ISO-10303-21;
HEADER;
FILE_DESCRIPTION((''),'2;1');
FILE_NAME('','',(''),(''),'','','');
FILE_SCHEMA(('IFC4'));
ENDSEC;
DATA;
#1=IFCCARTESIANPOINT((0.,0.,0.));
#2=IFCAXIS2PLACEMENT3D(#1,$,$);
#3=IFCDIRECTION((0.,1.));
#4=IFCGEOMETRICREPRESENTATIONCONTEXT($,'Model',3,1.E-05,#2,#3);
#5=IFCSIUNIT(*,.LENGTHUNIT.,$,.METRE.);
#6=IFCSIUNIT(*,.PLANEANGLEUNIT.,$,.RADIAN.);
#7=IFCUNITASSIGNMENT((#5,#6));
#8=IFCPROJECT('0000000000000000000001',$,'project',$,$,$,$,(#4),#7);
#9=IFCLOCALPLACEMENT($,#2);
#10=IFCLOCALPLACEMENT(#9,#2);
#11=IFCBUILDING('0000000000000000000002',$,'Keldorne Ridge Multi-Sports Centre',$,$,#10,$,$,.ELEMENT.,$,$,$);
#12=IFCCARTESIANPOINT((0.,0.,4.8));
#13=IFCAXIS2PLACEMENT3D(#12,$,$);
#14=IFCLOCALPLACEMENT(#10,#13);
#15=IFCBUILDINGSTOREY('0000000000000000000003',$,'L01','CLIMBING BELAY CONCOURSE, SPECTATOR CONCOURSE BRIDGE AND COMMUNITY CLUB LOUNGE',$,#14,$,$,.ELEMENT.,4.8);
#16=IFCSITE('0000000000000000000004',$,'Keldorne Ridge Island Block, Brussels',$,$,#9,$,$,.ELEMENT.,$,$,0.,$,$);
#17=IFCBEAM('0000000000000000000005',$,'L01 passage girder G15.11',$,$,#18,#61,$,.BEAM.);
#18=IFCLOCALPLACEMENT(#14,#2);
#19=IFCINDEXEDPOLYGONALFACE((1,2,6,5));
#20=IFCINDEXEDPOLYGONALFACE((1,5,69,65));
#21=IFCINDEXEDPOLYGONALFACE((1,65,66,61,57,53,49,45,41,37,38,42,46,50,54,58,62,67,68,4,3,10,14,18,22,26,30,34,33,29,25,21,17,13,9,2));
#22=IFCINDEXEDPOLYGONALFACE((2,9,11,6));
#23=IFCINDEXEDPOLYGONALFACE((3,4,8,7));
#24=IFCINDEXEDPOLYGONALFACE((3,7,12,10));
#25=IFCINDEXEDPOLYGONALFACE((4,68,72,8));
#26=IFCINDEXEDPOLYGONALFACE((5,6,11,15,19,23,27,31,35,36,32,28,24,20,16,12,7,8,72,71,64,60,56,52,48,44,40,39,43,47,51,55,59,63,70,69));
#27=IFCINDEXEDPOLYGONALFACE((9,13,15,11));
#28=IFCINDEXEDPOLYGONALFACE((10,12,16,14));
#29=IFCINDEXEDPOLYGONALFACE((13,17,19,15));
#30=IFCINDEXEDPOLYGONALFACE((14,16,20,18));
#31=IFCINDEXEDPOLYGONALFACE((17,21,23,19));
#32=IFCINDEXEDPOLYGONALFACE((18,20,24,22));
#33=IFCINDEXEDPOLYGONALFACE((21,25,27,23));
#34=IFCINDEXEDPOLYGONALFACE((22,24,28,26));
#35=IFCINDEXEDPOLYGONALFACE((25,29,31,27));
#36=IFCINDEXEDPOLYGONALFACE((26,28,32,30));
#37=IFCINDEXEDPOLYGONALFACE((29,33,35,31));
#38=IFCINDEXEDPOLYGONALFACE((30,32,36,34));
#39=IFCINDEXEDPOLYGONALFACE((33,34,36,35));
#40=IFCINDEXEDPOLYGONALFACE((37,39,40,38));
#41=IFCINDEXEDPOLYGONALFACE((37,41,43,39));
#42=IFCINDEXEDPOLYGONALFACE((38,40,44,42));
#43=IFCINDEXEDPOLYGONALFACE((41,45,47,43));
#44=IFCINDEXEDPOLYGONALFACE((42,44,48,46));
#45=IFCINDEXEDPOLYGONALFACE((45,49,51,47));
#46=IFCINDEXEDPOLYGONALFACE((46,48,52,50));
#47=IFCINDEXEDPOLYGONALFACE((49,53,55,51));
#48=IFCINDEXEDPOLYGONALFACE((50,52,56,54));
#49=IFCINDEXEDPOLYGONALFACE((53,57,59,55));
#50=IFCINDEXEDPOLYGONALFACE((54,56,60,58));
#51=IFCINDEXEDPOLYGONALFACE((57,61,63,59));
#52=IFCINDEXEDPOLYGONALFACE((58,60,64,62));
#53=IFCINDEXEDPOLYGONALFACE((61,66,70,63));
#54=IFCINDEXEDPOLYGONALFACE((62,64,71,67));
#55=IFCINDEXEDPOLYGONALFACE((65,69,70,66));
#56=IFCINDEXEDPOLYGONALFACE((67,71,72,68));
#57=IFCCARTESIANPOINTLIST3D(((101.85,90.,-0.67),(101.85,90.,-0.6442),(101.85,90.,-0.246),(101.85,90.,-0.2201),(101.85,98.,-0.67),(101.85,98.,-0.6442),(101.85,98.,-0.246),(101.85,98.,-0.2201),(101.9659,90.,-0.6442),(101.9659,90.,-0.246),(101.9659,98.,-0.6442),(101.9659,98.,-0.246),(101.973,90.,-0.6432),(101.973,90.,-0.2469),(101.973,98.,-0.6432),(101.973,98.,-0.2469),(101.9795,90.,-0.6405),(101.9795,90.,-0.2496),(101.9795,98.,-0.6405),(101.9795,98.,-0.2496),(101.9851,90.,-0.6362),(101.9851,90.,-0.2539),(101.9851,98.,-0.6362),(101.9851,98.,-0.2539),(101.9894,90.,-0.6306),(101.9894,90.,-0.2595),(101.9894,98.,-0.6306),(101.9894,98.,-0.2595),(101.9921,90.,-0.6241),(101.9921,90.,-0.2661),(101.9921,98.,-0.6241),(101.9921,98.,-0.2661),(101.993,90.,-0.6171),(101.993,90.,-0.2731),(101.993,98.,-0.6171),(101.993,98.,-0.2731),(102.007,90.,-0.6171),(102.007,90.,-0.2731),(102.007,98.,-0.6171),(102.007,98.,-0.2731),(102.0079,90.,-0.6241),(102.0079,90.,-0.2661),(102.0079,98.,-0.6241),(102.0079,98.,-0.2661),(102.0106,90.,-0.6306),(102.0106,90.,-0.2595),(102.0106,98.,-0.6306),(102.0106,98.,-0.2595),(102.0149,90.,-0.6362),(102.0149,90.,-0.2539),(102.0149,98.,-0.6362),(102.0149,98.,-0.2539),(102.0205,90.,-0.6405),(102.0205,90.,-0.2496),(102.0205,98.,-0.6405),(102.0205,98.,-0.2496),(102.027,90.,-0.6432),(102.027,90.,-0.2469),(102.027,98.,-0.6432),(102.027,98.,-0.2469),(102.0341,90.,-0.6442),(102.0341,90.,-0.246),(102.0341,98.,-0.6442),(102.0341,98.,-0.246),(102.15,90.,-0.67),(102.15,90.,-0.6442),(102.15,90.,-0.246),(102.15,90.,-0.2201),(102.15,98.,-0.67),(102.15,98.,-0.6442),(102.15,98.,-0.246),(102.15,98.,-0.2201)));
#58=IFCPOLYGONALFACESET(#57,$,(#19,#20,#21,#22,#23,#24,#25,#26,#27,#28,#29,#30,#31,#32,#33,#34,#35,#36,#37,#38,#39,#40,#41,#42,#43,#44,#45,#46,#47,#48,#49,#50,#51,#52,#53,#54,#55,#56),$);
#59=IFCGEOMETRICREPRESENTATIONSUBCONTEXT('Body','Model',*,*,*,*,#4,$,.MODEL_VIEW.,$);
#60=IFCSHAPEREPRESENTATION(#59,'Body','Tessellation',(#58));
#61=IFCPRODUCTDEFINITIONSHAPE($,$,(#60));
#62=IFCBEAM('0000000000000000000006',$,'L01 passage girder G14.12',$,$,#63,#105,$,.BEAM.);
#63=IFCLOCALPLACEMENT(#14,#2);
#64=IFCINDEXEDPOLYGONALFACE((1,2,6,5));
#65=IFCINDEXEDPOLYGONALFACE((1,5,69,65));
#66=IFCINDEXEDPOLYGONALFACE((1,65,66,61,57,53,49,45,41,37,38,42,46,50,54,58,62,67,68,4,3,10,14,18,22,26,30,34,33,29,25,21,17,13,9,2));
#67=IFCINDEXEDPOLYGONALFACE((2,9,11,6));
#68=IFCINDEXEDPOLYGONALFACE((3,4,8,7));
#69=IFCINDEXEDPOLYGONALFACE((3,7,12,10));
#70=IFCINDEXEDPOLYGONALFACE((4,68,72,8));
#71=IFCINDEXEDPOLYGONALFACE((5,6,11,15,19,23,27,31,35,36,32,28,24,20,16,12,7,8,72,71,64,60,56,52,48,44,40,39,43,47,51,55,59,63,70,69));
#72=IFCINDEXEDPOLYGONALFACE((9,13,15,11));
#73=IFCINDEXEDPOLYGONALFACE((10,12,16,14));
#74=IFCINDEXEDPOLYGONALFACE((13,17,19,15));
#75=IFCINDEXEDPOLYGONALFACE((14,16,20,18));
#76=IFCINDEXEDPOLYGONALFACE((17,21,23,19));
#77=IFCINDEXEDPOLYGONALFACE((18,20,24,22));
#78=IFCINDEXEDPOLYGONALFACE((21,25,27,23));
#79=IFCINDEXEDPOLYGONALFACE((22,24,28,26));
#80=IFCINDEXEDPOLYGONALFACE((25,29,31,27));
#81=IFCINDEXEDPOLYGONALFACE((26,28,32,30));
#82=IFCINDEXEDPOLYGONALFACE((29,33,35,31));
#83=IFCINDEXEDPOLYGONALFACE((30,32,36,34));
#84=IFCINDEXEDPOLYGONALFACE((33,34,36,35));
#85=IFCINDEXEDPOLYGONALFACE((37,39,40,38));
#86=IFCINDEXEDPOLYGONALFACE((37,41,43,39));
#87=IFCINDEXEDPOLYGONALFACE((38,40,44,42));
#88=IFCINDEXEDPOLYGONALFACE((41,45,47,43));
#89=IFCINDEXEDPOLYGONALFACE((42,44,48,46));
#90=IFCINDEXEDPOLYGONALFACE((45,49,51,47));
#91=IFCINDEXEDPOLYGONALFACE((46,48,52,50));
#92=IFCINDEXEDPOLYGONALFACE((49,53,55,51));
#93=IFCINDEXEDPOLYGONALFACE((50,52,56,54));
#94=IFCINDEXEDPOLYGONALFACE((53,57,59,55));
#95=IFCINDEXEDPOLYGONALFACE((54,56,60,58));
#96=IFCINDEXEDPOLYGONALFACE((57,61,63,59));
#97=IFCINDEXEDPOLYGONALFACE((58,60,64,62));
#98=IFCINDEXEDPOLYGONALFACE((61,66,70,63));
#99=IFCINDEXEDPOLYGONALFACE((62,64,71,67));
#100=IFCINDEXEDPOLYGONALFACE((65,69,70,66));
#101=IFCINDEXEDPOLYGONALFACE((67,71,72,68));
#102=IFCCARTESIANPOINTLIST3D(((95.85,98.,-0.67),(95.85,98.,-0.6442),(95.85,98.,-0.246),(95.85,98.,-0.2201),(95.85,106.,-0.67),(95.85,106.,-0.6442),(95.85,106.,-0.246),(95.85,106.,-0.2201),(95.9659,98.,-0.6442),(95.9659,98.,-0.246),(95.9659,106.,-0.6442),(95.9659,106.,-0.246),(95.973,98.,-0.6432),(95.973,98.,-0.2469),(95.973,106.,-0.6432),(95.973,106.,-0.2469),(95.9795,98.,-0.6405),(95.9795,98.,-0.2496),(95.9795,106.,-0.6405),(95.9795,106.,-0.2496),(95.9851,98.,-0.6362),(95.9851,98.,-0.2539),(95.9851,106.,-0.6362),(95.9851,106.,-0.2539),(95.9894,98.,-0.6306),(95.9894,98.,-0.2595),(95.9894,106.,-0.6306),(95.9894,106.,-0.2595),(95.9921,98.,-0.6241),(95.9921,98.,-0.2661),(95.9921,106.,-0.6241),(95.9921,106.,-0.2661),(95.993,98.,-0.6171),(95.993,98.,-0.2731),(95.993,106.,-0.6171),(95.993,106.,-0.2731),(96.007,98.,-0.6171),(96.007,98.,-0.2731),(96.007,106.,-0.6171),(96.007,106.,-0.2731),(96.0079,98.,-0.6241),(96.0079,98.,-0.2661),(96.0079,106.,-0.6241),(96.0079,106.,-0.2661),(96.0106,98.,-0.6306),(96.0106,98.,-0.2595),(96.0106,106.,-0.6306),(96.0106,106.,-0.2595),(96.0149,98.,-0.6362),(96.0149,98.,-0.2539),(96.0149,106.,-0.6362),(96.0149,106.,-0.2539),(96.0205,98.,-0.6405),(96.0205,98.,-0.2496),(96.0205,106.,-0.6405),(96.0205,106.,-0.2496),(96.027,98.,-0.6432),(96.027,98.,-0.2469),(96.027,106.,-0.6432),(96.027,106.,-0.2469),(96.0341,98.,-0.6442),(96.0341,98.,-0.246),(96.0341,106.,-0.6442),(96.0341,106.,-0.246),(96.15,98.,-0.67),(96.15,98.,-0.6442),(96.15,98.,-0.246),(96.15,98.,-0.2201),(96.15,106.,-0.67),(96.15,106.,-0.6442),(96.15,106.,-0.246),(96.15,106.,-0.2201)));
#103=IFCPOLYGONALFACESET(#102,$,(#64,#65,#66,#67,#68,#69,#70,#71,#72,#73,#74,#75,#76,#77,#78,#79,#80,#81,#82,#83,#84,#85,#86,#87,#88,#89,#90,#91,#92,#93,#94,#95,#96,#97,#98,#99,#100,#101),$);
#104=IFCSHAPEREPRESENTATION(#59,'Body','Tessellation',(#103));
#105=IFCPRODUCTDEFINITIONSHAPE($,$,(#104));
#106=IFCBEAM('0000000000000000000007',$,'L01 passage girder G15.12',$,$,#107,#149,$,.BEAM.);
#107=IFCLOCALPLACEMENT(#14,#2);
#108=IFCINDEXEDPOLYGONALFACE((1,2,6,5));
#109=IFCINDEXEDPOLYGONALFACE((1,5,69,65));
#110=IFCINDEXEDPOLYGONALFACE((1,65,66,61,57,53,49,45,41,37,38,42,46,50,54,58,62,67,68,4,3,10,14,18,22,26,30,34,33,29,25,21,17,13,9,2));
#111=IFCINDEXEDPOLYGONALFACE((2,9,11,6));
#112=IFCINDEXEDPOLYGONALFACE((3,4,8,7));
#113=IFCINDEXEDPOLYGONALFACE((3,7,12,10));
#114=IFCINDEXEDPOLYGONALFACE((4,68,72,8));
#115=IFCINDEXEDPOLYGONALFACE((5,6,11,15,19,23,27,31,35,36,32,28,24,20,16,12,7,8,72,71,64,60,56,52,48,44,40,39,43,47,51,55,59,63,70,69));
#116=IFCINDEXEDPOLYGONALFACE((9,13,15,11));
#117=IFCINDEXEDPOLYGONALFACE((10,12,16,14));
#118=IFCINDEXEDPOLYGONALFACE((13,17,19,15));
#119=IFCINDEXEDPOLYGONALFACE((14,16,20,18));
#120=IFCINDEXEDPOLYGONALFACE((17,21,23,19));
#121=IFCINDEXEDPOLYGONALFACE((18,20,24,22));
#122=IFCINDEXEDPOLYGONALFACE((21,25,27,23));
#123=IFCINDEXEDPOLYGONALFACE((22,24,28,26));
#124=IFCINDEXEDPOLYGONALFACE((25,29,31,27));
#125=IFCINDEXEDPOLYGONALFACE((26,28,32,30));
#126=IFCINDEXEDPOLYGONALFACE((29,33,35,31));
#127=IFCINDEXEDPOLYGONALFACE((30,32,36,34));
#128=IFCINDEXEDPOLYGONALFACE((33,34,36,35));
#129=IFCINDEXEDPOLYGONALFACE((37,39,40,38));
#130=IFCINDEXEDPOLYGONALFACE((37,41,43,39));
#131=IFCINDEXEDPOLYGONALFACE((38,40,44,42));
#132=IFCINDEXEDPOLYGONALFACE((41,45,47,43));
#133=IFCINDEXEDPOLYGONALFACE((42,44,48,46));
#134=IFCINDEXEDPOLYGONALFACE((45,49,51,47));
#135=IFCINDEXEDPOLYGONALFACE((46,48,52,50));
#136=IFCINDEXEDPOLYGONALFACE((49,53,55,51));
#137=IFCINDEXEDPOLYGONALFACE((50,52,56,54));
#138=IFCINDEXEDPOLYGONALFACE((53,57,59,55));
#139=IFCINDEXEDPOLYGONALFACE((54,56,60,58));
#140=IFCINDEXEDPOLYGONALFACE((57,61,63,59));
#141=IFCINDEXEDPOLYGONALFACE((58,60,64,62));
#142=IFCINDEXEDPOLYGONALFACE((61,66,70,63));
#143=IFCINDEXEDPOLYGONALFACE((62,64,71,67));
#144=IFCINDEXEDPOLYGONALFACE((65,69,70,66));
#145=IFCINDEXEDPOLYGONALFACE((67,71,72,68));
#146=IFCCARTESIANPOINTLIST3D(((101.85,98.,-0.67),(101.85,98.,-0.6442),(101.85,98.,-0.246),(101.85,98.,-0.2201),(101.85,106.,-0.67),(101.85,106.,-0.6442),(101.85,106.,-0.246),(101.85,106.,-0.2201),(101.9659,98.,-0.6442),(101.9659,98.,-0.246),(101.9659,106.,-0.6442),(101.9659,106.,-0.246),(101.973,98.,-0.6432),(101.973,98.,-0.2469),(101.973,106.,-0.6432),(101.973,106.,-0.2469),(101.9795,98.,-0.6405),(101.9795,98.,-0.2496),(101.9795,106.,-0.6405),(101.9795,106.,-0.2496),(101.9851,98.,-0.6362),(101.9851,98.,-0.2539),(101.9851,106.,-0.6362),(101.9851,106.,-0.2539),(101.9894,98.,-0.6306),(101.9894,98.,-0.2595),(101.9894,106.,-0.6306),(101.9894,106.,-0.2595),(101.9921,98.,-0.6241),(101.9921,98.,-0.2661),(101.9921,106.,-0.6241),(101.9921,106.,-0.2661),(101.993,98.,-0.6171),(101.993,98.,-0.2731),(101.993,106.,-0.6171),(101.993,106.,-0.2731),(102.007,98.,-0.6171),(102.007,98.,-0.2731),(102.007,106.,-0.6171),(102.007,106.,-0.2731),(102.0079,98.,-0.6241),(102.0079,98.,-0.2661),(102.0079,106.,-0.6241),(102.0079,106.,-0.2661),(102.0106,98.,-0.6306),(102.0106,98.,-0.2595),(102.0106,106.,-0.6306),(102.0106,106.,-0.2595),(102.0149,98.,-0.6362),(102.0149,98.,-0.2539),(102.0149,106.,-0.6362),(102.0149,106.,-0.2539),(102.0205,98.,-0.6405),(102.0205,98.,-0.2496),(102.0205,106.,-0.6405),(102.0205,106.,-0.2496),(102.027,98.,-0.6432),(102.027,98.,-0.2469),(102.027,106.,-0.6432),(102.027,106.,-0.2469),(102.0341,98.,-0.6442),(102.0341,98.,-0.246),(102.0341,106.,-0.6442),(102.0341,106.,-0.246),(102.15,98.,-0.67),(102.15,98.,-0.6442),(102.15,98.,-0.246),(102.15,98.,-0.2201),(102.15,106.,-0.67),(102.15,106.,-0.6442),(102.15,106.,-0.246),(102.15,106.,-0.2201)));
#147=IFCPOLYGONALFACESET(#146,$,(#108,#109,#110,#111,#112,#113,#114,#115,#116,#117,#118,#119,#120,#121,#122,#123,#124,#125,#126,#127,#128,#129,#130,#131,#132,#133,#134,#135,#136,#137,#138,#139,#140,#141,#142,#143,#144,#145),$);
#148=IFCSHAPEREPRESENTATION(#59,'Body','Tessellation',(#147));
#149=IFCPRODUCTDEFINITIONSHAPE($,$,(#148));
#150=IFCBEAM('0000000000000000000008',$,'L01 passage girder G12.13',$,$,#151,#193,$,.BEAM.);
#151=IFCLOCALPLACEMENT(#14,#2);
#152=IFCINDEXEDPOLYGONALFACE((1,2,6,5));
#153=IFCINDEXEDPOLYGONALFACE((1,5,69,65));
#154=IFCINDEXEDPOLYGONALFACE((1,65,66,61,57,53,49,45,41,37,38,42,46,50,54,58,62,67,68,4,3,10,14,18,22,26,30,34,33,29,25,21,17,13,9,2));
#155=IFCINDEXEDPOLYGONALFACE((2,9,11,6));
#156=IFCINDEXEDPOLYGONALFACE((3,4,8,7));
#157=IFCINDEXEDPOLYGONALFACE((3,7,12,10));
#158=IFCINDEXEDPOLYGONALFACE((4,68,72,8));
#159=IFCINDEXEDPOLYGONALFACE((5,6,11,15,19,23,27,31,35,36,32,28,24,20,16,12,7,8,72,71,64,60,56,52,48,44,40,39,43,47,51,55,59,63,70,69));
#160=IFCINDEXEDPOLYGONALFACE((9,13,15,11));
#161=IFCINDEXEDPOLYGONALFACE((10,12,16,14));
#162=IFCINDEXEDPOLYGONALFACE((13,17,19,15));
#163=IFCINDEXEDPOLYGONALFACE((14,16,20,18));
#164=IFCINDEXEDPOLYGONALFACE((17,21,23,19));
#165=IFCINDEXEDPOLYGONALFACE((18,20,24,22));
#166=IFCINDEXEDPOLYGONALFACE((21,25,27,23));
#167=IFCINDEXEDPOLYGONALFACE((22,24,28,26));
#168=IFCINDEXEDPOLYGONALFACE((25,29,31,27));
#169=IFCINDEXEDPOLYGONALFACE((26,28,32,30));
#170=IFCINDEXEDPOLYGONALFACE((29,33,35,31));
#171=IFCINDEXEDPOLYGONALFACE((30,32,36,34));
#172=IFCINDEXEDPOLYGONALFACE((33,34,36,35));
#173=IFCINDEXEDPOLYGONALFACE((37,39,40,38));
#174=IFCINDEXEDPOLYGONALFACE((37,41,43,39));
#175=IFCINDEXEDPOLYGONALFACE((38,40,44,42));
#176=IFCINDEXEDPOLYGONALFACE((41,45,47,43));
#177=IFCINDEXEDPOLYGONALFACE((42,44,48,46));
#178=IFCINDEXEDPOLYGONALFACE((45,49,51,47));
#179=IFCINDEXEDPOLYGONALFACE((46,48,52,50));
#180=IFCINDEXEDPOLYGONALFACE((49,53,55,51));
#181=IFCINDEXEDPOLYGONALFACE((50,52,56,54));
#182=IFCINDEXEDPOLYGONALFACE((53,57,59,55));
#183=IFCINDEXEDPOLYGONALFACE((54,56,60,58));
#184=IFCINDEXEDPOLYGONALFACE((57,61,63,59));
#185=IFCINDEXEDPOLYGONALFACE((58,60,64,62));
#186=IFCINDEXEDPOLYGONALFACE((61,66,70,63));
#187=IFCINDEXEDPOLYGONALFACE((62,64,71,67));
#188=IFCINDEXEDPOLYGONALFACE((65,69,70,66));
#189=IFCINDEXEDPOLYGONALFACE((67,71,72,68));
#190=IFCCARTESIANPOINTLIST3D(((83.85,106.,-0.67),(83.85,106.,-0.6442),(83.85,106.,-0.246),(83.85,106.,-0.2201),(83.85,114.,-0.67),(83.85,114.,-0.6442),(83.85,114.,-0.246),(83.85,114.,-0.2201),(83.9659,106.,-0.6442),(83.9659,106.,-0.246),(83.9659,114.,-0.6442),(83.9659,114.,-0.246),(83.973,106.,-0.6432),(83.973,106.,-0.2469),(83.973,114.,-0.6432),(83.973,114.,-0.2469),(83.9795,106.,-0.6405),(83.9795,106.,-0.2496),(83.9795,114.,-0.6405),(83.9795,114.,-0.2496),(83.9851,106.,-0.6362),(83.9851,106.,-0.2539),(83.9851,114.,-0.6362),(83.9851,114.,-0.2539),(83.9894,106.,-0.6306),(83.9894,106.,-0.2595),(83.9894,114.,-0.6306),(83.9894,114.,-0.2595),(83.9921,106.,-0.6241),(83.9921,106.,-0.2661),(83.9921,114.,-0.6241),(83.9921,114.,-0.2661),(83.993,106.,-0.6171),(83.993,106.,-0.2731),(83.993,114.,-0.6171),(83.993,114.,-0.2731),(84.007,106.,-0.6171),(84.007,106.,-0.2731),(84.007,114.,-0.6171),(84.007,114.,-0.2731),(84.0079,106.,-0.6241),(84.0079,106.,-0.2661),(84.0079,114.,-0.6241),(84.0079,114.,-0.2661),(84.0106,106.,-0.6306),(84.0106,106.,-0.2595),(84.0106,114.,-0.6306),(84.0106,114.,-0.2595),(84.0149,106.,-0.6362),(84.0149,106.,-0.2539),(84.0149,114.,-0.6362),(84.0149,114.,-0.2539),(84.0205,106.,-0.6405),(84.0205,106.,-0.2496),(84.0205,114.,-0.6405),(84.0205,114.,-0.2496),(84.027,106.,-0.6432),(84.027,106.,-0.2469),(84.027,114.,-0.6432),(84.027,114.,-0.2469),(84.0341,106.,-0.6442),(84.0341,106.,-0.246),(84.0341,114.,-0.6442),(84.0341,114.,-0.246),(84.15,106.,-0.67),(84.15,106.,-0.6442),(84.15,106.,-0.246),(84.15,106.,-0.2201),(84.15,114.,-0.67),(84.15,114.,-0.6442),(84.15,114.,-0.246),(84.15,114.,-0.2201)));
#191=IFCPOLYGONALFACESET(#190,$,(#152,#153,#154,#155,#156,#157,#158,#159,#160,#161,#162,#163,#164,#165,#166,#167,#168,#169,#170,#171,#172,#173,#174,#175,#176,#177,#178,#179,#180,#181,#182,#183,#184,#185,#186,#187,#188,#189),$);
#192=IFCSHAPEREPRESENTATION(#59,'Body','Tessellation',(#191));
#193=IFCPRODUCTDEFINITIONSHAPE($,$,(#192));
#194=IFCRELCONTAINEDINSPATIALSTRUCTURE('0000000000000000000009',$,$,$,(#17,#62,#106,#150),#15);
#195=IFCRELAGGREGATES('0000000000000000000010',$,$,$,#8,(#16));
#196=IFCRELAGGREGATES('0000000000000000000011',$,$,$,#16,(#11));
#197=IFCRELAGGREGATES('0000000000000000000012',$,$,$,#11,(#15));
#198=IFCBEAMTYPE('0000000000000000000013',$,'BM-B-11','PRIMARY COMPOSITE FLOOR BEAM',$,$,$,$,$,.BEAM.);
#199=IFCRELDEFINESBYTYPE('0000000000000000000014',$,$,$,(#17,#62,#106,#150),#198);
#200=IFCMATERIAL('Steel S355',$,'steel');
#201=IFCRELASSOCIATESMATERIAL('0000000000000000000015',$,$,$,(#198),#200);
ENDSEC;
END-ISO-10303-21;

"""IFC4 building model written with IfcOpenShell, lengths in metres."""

from ifc_helpers import new_model, si_unit, direction, frame, origin, origin_2d, place, context, subcontext, project, spatial, i_section, extrude, material, material_profile, profile_set, type_object, element, save


model = new_model("IFC4")

# Units and contexts
model_context = context("Model", 3, precision=1e-05, world=origin(), true_north=direction((0.0, 1.0)))
body_context = subcontext(model_context, "Body", "Model", "MODEL_VIEW")
ifc_project = project(units=[si_unit("LENGTHUNIT", "METRE"), si_unit("PLANEANGLEUNIT", "RADIAN")], contexts=[model_context])

# Site, building, storey
site_placement = place(None, origin())
site = spatial("IfcSite", under=ifc_project, at=site_placement, Name="Keldorne Ridge Island Block, Brussels", CompositionType="ELEMENT", RefElevation=0.0)
building_placement = place(site_placement, origin())
building = spatial("IfcBuilding", under=site, at=building_placement, Name="Keldorne Ridge Multi-Sports Centre", CompositionType="ELEMENT")
storey_placement = place(building_placement, frame((0.0, 0.0, 4.8)))
storey = spatial("IfcBuildingStorey", under=building, at=storey_placement, Name="L01", Description="CLIMBING BELAY CONCOURSE, SPECTATOR CONCOURSE BRIDGE AND COMMUNITY CLUB LOUNGE", CompositionType="ELEMENT", Elevation=4.8)

# Shared definitions
ifc_material_1 = material(Name="Steel S355", Category="steel")

# Beams
ifc_material_profile_1 = material_profile(ifc_material_1, i_section(OverallWidth=0.3, OverallDepth=0.45, WebThickness=0.0139, FlangeThickness=0.0259, FilletRadius=0.0271, at=origin_2d()), Name="HEB 450")
ifc_profile_set_1 = profile_set([ifc_material_profile_1], Name="Steel S355")
beam_type_1 = type_object("IfcBeamType", Name="BM-B-11", Description="PRIMARY COMPOSITE FLOOR BEAM", PredefinedType="BEAM", material=ifc_profile_set_1)
for number, where, z_axis, x_axis, name in (
    (1, (102.0, 90.0, -0.4451), (0.0, 1.0, 0.0), (-1.0, 0.0, 0.0), "L01 passage girder G15.11"),
    (2, (96.0, 98.0, -0.4451), (0.0, 1.0, 0.0), (-1.0, 0.0, 0.0), "L01 passage girder G14.12"),
    (3, (102.0, 98.0, -0.4451), (0.0, 1.0, 0.0), (-1.0, 0.0, 0.0), "L01 passage girder G15.12"),
    (4, (84.0, 106.0, -0.4451), (0.0, 1.0, 0.0), (-1.0, 0.0, 0.0), "L01 passage girder G12.13"),
):
    element("IfcBeam", number, at=place(storey_placement, frame(where, z_axis=z_axis, x_axis=x_axis)), inside=storey, type_object=beam_type_1, Name=name, PredefinedType="BEAM", context=body_context, shape_type="SweptSolid", body=[
        extrude(i_section(OverallWidth=0.3, OverallDepth=0.45, WebThickness=0.0139, FlangeThickness=0.0259, FilletRadius=0.0271, at=origin_2d()), origin(), (0.0, 0.0, 1.0), 8.0),
    ])

save(model, "model.ifc")
